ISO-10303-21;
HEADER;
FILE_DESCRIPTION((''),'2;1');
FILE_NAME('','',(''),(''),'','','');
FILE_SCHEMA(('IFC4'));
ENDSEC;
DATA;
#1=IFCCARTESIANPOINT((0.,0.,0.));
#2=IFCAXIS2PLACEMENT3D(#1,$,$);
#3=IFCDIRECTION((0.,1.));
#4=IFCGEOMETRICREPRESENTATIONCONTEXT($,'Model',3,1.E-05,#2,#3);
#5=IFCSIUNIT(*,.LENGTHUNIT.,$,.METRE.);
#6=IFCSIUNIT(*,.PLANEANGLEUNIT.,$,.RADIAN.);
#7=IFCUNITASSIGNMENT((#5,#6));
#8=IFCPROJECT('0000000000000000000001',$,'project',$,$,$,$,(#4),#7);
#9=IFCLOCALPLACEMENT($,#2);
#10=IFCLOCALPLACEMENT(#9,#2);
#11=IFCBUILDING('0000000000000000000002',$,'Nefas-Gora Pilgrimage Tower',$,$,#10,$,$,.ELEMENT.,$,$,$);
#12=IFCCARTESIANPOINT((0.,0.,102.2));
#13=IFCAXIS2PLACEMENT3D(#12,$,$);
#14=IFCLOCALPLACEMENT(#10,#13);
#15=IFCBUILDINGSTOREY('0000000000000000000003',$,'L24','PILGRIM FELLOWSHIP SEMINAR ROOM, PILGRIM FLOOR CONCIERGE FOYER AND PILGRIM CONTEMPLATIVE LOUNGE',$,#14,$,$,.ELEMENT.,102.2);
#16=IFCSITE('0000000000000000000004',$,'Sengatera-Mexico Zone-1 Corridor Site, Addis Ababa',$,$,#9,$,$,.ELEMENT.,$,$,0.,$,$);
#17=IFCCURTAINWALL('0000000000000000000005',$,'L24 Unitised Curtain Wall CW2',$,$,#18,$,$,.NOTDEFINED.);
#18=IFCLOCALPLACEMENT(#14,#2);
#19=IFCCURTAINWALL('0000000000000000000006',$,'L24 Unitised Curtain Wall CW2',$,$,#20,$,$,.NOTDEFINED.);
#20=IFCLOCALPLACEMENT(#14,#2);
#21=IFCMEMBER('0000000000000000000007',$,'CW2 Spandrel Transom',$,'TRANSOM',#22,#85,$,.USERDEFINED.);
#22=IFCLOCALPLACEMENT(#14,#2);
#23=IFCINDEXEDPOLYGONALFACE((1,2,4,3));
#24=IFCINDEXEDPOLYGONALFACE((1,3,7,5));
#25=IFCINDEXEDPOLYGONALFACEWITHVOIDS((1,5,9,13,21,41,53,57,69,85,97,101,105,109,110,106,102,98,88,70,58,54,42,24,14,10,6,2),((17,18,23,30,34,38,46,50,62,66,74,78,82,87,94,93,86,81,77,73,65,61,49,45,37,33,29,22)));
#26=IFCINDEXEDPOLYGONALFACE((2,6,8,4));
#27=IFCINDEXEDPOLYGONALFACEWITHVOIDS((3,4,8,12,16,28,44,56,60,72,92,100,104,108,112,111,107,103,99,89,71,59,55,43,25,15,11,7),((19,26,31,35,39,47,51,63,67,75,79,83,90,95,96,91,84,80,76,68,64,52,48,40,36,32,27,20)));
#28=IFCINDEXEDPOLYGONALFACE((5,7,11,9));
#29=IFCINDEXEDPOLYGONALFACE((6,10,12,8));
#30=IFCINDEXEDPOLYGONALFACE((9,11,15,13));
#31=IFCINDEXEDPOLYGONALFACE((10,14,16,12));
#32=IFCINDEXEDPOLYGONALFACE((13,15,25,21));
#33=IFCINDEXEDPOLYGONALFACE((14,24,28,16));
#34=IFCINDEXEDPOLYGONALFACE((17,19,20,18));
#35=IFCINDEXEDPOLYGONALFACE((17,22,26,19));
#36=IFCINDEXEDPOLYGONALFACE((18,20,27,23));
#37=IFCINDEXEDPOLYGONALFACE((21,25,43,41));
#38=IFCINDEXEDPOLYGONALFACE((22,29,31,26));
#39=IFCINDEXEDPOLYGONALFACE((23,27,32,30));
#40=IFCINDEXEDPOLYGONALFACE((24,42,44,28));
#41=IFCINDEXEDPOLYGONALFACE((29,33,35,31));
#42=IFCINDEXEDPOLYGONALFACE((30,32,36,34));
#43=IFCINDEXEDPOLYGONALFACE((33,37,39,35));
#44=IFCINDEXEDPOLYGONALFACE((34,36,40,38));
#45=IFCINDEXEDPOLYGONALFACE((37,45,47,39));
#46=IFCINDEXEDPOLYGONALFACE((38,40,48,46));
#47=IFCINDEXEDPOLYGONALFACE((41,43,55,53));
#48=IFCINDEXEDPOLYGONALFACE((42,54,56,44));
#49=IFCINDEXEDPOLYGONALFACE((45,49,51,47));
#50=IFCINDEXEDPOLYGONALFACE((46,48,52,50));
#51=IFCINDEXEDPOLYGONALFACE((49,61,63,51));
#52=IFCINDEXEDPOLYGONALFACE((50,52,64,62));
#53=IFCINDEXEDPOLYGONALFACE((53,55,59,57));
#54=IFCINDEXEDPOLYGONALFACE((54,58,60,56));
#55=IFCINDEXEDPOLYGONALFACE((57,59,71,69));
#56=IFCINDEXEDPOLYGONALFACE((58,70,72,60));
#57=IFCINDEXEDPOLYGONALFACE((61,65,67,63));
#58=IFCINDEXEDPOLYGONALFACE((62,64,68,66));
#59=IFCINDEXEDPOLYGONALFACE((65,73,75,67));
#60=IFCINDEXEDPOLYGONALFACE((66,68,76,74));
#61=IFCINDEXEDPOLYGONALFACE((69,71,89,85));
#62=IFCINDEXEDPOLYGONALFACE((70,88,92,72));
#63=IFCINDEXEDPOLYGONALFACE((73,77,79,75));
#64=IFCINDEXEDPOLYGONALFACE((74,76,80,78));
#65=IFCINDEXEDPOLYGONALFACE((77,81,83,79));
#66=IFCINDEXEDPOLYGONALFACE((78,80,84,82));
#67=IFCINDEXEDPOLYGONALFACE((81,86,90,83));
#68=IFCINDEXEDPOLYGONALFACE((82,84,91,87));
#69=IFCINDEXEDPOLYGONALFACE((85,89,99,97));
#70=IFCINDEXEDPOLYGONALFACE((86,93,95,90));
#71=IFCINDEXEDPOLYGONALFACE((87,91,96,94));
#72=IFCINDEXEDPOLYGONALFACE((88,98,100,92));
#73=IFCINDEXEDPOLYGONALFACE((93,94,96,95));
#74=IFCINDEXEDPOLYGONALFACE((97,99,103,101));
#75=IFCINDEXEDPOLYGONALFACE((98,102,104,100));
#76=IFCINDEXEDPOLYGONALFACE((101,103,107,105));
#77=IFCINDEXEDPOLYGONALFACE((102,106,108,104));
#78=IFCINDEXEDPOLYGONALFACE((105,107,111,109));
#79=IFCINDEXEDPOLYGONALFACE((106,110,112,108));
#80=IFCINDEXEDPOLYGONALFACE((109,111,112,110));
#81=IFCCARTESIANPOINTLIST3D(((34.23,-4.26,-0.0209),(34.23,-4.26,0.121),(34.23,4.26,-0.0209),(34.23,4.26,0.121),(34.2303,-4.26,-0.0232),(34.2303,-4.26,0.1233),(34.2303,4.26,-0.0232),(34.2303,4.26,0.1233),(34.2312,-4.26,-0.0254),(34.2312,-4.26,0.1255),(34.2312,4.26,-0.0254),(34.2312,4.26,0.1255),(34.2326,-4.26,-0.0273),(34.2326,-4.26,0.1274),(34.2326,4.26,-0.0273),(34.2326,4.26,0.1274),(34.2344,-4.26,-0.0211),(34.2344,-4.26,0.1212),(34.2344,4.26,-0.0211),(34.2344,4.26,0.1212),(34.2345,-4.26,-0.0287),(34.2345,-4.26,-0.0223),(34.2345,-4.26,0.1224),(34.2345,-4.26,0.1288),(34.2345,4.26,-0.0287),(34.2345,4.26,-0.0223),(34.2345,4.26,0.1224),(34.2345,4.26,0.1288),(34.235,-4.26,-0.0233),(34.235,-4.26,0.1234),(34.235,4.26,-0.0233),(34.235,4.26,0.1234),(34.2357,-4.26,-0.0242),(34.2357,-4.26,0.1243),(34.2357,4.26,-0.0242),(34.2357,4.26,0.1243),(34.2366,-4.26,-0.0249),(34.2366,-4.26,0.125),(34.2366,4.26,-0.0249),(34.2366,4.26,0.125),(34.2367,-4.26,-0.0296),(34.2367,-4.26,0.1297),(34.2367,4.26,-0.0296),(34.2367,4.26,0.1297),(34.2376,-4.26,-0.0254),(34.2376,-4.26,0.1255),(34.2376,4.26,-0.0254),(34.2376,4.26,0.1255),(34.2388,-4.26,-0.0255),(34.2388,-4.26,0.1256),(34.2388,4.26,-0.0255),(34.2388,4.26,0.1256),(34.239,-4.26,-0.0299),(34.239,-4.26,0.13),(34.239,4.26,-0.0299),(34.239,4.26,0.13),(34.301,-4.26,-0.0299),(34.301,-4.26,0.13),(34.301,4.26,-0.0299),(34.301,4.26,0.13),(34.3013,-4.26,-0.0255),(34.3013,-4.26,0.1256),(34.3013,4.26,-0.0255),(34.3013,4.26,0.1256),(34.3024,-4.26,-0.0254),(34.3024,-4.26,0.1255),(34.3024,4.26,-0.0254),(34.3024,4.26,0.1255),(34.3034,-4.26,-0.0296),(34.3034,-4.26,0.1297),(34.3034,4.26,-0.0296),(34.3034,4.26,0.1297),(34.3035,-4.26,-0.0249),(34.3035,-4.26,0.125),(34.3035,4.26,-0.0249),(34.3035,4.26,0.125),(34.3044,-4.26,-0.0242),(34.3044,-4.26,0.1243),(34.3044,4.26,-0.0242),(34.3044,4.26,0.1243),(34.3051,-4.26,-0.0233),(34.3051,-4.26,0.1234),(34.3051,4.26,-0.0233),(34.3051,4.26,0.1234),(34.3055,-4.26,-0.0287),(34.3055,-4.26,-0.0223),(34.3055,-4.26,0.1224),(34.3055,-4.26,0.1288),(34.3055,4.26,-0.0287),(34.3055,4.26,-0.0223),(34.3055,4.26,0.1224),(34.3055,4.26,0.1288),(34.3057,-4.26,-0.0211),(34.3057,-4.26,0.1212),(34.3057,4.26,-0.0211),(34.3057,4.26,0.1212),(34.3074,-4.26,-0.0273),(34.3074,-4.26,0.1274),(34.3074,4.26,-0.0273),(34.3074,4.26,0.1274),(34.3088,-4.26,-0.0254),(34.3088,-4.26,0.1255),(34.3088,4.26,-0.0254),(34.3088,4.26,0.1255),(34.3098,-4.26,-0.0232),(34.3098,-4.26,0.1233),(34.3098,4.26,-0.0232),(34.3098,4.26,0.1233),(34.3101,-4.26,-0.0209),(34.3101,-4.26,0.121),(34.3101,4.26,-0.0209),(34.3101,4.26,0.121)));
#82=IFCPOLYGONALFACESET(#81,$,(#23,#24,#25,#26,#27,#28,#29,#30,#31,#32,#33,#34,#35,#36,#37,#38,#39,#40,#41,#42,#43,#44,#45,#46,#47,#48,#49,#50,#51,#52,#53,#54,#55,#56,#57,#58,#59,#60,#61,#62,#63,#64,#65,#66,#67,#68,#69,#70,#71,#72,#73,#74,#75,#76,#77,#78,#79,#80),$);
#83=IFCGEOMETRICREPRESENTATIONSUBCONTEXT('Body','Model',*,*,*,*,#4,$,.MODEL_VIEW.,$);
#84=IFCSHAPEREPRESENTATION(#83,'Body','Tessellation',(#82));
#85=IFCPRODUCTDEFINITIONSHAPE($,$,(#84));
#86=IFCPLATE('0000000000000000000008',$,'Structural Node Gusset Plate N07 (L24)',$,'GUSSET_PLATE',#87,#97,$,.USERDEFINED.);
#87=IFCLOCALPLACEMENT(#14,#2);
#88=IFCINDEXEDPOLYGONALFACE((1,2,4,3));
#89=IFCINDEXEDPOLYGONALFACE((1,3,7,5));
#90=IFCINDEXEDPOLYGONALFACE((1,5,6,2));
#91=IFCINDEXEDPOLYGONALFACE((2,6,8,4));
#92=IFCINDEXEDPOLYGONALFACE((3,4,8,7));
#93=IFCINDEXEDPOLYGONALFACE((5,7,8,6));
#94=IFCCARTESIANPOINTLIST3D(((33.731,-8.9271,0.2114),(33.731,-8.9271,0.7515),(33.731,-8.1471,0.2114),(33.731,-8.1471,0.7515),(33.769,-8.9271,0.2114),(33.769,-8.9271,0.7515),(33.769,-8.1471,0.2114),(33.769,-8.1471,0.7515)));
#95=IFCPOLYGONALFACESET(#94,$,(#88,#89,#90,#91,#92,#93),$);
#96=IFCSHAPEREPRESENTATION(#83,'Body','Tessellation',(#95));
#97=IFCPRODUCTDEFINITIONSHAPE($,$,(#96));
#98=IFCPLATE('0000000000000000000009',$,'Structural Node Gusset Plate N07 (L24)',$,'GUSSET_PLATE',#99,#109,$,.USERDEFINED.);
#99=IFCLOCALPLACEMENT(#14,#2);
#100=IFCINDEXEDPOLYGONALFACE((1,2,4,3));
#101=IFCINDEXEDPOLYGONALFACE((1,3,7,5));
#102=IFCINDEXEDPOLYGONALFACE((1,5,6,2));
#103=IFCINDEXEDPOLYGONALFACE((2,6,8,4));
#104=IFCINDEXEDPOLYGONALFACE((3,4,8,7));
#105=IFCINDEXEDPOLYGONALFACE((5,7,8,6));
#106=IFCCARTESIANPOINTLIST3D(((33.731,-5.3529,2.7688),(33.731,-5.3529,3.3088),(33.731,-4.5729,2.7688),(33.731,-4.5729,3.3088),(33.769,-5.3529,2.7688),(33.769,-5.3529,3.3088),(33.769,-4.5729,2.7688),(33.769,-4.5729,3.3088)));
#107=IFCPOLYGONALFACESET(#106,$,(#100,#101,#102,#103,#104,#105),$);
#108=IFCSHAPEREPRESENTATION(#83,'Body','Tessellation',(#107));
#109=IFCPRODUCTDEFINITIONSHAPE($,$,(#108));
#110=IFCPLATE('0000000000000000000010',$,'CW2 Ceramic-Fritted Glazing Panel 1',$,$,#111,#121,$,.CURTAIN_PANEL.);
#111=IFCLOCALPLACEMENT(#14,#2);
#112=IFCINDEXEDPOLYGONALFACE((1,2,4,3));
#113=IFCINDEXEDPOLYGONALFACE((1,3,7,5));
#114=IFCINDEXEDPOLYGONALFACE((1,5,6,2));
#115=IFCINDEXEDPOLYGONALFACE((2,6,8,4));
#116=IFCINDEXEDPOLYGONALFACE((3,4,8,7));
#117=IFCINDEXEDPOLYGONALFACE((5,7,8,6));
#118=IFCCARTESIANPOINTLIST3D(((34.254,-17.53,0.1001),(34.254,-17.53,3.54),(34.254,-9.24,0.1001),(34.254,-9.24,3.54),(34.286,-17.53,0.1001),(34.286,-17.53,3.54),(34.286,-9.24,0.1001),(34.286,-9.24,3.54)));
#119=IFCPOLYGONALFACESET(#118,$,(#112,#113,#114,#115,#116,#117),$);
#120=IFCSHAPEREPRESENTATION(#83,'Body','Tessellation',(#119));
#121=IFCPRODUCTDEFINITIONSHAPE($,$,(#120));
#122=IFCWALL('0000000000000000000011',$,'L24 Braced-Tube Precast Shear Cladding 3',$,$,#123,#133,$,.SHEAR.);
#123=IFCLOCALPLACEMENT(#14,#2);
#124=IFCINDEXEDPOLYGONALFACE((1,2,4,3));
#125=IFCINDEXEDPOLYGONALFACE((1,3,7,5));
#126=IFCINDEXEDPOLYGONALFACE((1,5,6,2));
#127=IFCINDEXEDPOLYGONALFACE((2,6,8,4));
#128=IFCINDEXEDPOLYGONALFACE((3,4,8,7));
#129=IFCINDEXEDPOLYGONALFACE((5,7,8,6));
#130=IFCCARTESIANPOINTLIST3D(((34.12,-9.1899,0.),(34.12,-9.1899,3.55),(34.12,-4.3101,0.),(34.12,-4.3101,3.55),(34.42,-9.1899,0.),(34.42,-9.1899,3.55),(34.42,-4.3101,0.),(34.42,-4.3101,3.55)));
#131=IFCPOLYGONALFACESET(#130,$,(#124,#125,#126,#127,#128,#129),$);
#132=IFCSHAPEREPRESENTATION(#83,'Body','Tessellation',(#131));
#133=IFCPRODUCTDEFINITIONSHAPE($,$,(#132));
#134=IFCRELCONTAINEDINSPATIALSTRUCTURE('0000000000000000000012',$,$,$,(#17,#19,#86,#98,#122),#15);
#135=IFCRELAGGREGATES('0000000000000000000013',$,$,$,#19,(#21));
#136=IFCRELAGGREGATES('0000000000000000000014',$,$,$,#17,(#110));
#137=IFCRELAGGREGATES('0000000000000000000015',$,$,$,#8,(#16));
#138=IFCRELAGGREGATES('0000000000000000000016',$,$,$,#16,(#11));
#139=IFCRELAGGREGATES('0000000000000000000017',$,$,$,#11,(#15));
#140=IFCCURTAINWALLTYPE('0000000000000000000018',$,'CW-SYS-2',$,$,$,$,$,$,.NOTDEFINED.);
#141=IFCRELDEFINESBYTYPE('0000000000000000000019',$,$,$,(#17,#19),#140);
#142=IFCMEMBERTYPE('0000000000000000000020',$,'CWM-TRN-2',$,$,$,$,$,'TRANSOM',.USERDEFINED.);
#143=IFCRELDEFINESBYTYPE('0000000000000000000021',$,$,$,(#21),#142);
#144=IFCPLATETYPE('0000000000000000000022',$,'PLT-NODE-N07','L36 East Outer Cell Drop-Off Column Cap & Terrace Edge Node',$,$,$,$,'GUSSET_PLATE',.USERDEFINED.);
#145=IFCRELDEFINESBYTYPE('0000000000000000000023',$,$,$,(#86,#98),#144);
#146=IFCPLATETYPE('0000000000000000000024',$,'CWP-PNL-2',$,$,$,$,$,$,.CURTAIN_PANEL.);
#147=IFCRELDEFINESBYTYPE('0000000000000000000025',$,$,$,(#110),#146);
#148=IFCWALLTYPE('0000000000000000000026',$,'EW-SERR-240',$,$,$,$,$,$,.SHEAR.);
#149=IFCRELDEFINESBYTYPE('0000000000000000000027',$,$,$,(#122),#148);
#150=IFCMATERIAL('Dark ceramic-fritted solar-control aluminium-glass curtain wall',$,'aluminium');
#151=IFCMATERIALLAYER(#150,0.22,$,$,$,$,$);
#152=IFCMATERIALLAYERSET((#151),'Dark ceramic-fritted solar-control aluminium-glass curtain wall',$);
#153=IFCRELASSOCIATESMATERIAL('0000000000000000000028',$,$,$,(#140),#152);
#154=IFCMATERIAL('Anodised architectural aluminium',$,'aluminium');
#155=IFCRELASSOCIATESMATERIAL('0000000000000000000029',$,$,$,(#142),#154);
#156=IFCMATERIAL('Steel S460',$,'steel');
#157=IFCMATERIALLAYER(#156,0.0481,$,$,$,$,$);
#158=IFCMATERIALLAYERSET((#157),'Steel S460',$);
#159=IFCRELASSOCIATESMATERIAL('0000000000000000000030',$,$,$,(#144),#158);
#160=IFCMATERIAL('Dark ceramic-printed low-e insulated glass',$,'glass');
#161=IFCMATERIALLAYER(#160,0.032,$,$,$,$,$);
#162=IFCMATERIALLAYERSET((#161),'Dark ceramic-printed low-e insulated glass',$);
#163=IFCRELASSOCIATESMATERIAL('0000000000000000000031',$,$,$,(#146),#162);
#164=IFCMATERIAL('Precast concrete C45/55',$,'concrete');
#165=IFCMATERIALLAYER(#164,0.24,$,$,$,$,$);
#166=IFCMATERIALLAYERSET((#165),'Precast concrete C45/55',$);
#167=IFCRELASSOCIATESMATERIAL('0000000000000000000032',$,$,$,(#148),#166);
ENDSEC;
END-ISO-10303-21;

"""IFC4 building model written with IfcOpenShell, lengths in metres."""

from ifc_helpers import new_model, si_unit, direction, frame, frame_2d, origin, origin_2d, place, context, subcontext, project, spatial, rectangle, hollow_rectangle, extrude, source, transform, mapped, material, layer, layer_set, material_profile, profile_set, type_object, element, aggregate, save


model = new_model("IFC4")

# Units and contexts
model_context = context("Model", 3, precision=1e-05, world=origin(), true_north=direction((0.0, 1.0)))
body_context = subcontext(model_context, "Body", "Model", "MODEL_VIEW")
ifc_project = project(units=[si_unit("LENGTHUNIT", "METRE"), si_unit("PLANEANGLEUNIT", "RADIAN")], contexts=[model_context])

# Site, building, storey
site_placement = place(None, origin())
site = spatial("IfcSite", under=ifc_project, at=site_placement, Name="Sengatera-Mexico Zone-1 Corridor Site, Addis Ababa", CompositionType="ELEMENT", RefElevation=0.0)
building_placement = place(site_placement, origin())
building = spatial("IfcBuilding", under=site, at=building_placement, Name="Nefas-Gora Pilgrimage Tower", CompositionType="ELEMENT")
storey_placement = place(building_placement, frame((0.0, 0.0, 102.2)))
storey = spatial("IfcBuildingStorey", under=building, at=storey_placement, Name="L24", Description="PILGRIM FELLOWSHIP SEMINAR ROOM, PILGRIM FLOOR CONCIERGE FOYER AND PILGRIM CONTEMPLATIVE LOUNGE", CompositionType="ELEMENT", Elevation=102.2)

# Shared definitions
ifc_material_1 = material(Name="Steel S460", Category="steel")

# Curtain wall
ifc_material_2 = material(Name="Dark ceramic-fritted solar-control aluminium-glass curtain wall", Category="aluminium")
ifc_layer_1 = layer(ifc_material_2, 0.22)
ifc_layer_set_1 = layer_set([ifc_layer_1], Name="Dark ceramic-fritted solar-control aluminium-glass curtain wall")
curtain_wall_type = type_object("IfcCurtainWallType", Name="CW-SYS-2", PredefinedType="NOTDEFINED", material=ifc_layer_set_1)
curtain_wall_1_placement = place(storey_placement, origin())
curtain_wall_1 = element("IfcCurtainWall", 1, at=curtain_wall_1_placement, inside=storey, type_object=curtain_wall_type, Name="L24 Unitised Curtain Wall CW2", PredefinedType="NOTDEFINED")
ifc_material_3 = material(Name="Anodised architectural aluminium", Category="aluminium")

# Curtain wall, member
curtain_wall_2_placement = place(storey_placement, origin())
curtain_wall_2 = element("IfcCurtainWall", 2, at=curtain_wall_2_placement, inside=storey, type_object=curtain_wall_type, Name="L24 Unitised Curtain Wall CW2", PredefinedType="NOTDEFINED")
ifc_material_profile_1 = material_profile(ifc_material_3, hollow_rectangle(XDim=0.0801, YDim=0.1599, WallThickness=0.0044, InnerFilletRadius=0.0044, OuterFilletRadius=0.009, at=origin_2d()), Name="ALU TRANSOM 80x160")
ifc_profile_set_1 = profile_set([ifc_material_profile_1], Name="Anodised architectural aluminium")
member_type_1 = type_object("IfcMemberType", Name="CWM-TRN-2", ElementType="TRANSOM", PredefinedType="USERDEFINED", material=ifc_profile_set_1)
shared_shape_1 = source(origin(), body_context, "Body", "SweptSolid", [
    extrude(hollow_rectangle(XDim=0.0801, YDim=0.1599, WallThickness=0.0044, InnerFilletRadius=0.0044, OuterFilletRadius=0.009, at=origin_2d()), origin(), (0.0, 0.0, 1.0), 8.52),
])
member_1_placement = place(storey_placement, frame((34.27, -4.26, 0.05), z_axis=(0.0, 1.0, 0.0), x_axis=(-1.0, 0.0, 0.0)))
member_1 = element("IfcMember", 3, at=member_1_placement, type_object=member_type_1, Name="CW2 Spandrel Transom", ObjectType="TRANSOM", PredefinedType="USERDEFINED", context=body_context, shape_type="MappedRepresentation", body=[
    mapped(shared_shape_1, transform((0.0, 0.0, 0.0), x_axis=(1.0, 0.0, 0.0), y_axis=(0.0, 1.0, 0.0), z_axis=(0.0, 0.0, 1.0), scale=1.0)),
])
aggregate(curtain_wall_2, [member_1])

# Plates
ifc_layer_2 = layer(ifc_material_1, 0.0481)
ifc_layer_set_2 = layer_set([ifc_layer_2], Name="Steel S460")
plate_type_1 = type_object("IfcPlateType", Name="PLT-NODE-N07", Description="L36 East Outer Cell Drop-Off Column Cap & Terrace Edge Node", ElementType="GUSSET_PLATE", PredefinedType="USERDEFINED", material=ifc_layer_set_2)
shared_shape_2 = source(origin(), body_context, "Body", "SweptSolid", [
    extrude(rectangle(XDim=0.78, YDim=0.0381, at=origin_2d()), origin(), (0.0, 0.0, 1.0), 0.54),
])
for number, where, z_axis, x_axis, name in (
    (4, (33.75, -8.5371, 0.2114), (0.0, 0.0, 1.0), (0.0, 1.0, 0.0), "Structural Node Gusset Plate N07 (L24)"),
    (5, (33.75, -4.9629, 2.7688), (0.0, 0.0, 1.0), (0.0, 1.0, 0.0), "Structural Node Gusset Plate N07 (L24)"),
):
    element("IfcPlate", number, at=place(storey_placement, frame(where, z_axis=z_axis, x_axis=x_axis)), inside=storey, type_object=plate_type_1, Name=name, ObjectType="GUSSET_PLATE", PredefinedType="USERDEFINED", context=body_context, shape_type="MappedRepresentation", body=[
        mapped(shared_shape_2, transform((0.0, 0.0, 0.0), x_axis=(1.0, 0.0, 0.0), y_axis=(0.0, 1.0, 0.0), z_axis=(0.0, 0.0, 1.0), scale=1.0)),
    ])

# Plate
ifc_material_4 = material(Name="Dark ceramic-printed low-e insulated glass", Category="glass")
ifc_layer_3 = layer(ifc_material_4, 0.032)
ifc_layer_set_3 = layer_set([ifc_layer_3], Name="Dark ceramic-printed low-e insulated glass")
plate_type_2 = type_object("IfcPlateType", Name="CWP-PNL-2", PredefinedType="CURTAIN_PANEL", material=ifc_layer_set_3)
shared_shape_3 = source(origin(), body_context, "Body", "SweptSolid", [
    extrude(rectangle(XDim=8.29, YDim=0.032, at=origin_2d()), origin(), (0.0, 0.0, 1.0), 3.4399),
])
plate_placement = place(storey_placement, frame((34.27, -13.385, 0.1001), z_axis=(0.0, 0.0, 1.0), x_axis=(0.0, 1.0, 0.0)))
plate = element("IfcPlate", 6, at=plate_placement, type_object=plate_type_2, Name="CW2 Ceramic-Fritted Glazing Panel 1", PredefinedType="CURTAIN_PANEL", context=body_context, shape_type="MappedRepresentation", body=[
    mapped(shared_shape_3, transform((0.0, 0.0, 0.0), x_axis=(1.0, 0.0, 0.0), y_axis=(0.0, 1.0, 0.0), z_axis=(0.0, 0.0, 1.0), scale=1.0)),
])
aggregate(curtain_wall_1, [plate])

# Wall
ifc_material_5 = material(Name="Precast concrete C45/55", Category="concrete")
ifc_layer_4 = layer(ifc_material_5, 0.24)
ifc_layer_set_4 = layer_set([ifc_layer_4], Name="Precast concrete C45/55")
wall_type = type_object("IfcWallType", Name="EW-SERR-240", PredefinedType="SHEAR", material=ifc_layer_set_4)
shared_shape_4 = source(origin(), body_context, "Body", "SweptSolid", [
    extrude(rectangle(XDim=4.8799, YDim=0.3, at=frame_2d((2.4399, 0.0))), origin(), (0.0, 0.0, 1.0), 3.55),
])
wall_placement = place(storey_placement, frame((34.27, -9.1899, 0.0), z_axis=(0.0, 0.0, 1.0), x_axis=(0.0, 1.0, 0.0)))
element("IfcWall", 7, at=wall_placement, inside=storey, type_object=wall_type, Name="L24 Braced-Tube Precast Shear Cladding 3", PredefinedType="SHEAR", context=body_context, shape_type="MappedRepresentation", body=[
    mapped(shared_shape_4, transform((0.0, 0.0, 0.0), x_axis=(1.0, 0.0, 0.0), y_axis=(0.0, 1.0, 0.0), z_axis=(0.0, 0.0, 1.0), scale=1.0)),
])

save(model, "model.ifc")
